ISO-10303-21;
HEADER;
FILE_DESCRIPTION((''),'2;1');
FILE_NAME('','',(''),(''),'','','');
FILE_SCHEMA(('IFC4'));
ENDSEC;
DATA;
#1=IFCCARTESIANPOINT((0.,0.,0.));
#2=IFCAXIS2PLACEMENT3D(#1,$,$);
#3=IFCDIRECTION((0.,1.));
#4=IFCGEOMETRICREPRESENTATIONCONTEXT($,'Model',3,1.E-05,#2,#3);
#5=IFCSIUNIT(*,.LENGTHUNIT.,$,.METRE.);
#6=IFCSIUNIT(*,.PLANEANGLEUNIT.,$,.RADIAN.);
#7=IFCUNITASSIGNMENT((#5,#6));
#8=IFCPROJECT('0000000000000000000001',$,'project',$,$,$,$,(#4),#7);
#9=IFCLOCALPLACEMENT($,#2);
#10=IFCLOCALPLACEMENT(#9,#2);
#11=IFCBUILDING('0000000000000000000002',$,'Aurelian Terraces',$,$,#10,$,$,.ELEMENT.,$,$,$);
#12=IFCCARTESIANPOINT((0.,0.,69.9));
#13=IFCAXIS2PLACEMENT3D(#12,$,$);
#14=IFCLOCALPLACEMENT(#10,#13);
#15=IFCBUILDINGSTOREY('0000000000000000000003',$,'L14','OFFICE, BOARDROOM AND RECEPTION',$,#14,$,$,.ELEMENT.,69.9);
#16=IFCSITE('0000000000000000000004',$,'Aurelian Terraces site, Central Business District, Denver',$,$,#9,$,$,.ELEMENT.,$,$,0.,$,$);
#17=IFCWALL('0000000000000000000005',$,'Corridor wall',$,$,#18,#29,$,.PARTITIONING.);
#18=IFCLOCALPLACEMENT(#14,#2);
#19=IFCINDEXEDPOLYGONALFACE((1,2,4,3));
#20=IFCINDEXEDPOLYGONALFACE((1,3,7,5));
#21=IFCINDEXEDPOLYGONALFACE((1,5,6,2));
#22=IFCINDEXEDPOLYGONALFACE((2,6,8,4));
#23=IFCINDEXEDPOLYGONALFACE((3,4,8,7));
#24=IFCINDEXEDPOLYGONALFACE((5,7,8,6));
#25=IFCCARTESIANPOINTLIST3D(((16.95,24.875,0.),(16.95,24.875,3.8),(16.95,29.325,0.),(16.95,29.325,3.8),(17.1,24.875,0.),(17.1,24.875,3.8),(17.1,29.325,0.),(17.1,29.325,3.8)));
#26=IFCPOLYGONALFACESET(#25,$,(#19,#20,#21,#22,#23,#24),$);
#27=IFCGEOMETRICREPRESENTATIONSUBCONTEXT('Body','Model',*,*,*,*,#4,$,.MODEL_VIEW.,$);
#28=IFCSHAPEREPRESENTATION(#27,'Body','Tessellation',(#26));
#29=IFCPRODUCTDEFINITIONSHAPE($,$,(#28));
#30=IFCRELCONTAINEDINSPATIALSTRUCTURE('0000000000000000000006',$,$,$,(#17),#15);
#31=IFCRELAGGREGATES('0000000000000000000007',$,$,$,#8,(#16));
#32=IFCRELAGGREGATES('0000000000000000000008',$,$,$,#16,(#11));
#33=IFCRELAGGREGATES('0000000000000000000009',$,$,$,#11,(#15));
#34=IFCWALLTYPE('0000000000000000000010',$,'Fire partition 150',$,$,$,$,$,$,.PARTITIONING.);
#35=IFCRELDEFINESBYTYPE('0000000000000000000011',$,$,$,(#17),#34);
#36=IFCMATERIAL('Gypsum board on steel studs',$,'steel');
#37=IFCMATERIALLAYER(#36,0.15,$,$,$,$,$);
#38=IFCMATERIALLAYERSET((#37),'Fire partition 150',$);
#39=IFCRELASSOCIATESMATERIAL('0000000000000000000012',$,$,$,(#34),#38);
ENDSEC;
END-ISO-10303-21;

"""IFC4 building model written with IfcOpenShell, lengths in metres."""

from ifc_helpers import new_model, si_unit, direction, frame, frame_2d, origin, place, context, subcontext, project, spatial, rectangle, extrude, source, transform, mapped, material, layer, layer_set, type_object, element, save


model = new_model("IFC4")

# Units and contexts
model_context = context("Model", 3, precision=1e-05, world=origin(), true_north=direction((0.0, 1.0)))
body_context = subcontext(model_context, "Body", "Model", "MODEL_VIEW")
ifc_project = project(units=[si_unit("LENGTHUNIT", "METRE"), si_unit("PLANEANGLEUNIT", "RADIAN")], contexts=[model_context])

# Site, building, storey
site_placement = place(None, origin())
site = spatial("IfcSite", under=ifc_project, at=site_placement, Name="Aurelian Terraces site, Central Business District, Denver", CompositionType="ELEMENT", RefElevation=0.0)
building_placement = place(site_placement, origin())
building = spatial("IfcBuilding", under=site, at=building_placement, Name="Aurelian Terraces", CompositionType="ELEMENT")
storey_placement = place(building_placement, frame((0.0, 0.0, 69.9)))
storey = spatial("IfcBuildingStorey", under=building, at=storey_placement, Name="L14", Description="OFFICE, BOARDROOM AND RECEPTION", CompositionType="ELEMENT", Elevation=69.9)

# Shared definitions
ifc_material_1 = material(Name="Gypsum board on steel studs", Category="steel")

# Shared definitions
ifc_layer_1 = layer(ifc_material_1, 0.15)
ifc_layer_set_1 = layer_set([ifc_layer_1], Name="Fire partition 150")
wall_type_1 = type_object("IfcWallType", Name="Fire partition 150", PredefinedType="PARTITIONING", material=ifc_layer_set_1)

# Wall
shared_shape_1 = source(origin(), body_context, "Body", "SweptSolid", [
    extrude(rectangle(XDim=4.45, YDim=0.15, at=frame_2d((2.225, 0.0))), origin(), (0.0, 0.0, 1.0), 3.8),
])
wall_1_placement = place(storey_placement, frame((17.025, 29.325, 0.0), z_axis=(0.0, 0.0, 1.0), x_axis=(0.0, -1.0, 0.0)))
element("IfcWall", 1, at=wall_1_placement, inside=storey, type_object=wall_type_1, Name="Corridor wall", PredefinedType="PARTITIONING", context=body_context, shape_type="MappedRepresentation", body=[
    mapped(shared_shape_1, transform((0.0, 0.0, 0.0), scale=1.0)),
])

save(model, "model.ifc")
